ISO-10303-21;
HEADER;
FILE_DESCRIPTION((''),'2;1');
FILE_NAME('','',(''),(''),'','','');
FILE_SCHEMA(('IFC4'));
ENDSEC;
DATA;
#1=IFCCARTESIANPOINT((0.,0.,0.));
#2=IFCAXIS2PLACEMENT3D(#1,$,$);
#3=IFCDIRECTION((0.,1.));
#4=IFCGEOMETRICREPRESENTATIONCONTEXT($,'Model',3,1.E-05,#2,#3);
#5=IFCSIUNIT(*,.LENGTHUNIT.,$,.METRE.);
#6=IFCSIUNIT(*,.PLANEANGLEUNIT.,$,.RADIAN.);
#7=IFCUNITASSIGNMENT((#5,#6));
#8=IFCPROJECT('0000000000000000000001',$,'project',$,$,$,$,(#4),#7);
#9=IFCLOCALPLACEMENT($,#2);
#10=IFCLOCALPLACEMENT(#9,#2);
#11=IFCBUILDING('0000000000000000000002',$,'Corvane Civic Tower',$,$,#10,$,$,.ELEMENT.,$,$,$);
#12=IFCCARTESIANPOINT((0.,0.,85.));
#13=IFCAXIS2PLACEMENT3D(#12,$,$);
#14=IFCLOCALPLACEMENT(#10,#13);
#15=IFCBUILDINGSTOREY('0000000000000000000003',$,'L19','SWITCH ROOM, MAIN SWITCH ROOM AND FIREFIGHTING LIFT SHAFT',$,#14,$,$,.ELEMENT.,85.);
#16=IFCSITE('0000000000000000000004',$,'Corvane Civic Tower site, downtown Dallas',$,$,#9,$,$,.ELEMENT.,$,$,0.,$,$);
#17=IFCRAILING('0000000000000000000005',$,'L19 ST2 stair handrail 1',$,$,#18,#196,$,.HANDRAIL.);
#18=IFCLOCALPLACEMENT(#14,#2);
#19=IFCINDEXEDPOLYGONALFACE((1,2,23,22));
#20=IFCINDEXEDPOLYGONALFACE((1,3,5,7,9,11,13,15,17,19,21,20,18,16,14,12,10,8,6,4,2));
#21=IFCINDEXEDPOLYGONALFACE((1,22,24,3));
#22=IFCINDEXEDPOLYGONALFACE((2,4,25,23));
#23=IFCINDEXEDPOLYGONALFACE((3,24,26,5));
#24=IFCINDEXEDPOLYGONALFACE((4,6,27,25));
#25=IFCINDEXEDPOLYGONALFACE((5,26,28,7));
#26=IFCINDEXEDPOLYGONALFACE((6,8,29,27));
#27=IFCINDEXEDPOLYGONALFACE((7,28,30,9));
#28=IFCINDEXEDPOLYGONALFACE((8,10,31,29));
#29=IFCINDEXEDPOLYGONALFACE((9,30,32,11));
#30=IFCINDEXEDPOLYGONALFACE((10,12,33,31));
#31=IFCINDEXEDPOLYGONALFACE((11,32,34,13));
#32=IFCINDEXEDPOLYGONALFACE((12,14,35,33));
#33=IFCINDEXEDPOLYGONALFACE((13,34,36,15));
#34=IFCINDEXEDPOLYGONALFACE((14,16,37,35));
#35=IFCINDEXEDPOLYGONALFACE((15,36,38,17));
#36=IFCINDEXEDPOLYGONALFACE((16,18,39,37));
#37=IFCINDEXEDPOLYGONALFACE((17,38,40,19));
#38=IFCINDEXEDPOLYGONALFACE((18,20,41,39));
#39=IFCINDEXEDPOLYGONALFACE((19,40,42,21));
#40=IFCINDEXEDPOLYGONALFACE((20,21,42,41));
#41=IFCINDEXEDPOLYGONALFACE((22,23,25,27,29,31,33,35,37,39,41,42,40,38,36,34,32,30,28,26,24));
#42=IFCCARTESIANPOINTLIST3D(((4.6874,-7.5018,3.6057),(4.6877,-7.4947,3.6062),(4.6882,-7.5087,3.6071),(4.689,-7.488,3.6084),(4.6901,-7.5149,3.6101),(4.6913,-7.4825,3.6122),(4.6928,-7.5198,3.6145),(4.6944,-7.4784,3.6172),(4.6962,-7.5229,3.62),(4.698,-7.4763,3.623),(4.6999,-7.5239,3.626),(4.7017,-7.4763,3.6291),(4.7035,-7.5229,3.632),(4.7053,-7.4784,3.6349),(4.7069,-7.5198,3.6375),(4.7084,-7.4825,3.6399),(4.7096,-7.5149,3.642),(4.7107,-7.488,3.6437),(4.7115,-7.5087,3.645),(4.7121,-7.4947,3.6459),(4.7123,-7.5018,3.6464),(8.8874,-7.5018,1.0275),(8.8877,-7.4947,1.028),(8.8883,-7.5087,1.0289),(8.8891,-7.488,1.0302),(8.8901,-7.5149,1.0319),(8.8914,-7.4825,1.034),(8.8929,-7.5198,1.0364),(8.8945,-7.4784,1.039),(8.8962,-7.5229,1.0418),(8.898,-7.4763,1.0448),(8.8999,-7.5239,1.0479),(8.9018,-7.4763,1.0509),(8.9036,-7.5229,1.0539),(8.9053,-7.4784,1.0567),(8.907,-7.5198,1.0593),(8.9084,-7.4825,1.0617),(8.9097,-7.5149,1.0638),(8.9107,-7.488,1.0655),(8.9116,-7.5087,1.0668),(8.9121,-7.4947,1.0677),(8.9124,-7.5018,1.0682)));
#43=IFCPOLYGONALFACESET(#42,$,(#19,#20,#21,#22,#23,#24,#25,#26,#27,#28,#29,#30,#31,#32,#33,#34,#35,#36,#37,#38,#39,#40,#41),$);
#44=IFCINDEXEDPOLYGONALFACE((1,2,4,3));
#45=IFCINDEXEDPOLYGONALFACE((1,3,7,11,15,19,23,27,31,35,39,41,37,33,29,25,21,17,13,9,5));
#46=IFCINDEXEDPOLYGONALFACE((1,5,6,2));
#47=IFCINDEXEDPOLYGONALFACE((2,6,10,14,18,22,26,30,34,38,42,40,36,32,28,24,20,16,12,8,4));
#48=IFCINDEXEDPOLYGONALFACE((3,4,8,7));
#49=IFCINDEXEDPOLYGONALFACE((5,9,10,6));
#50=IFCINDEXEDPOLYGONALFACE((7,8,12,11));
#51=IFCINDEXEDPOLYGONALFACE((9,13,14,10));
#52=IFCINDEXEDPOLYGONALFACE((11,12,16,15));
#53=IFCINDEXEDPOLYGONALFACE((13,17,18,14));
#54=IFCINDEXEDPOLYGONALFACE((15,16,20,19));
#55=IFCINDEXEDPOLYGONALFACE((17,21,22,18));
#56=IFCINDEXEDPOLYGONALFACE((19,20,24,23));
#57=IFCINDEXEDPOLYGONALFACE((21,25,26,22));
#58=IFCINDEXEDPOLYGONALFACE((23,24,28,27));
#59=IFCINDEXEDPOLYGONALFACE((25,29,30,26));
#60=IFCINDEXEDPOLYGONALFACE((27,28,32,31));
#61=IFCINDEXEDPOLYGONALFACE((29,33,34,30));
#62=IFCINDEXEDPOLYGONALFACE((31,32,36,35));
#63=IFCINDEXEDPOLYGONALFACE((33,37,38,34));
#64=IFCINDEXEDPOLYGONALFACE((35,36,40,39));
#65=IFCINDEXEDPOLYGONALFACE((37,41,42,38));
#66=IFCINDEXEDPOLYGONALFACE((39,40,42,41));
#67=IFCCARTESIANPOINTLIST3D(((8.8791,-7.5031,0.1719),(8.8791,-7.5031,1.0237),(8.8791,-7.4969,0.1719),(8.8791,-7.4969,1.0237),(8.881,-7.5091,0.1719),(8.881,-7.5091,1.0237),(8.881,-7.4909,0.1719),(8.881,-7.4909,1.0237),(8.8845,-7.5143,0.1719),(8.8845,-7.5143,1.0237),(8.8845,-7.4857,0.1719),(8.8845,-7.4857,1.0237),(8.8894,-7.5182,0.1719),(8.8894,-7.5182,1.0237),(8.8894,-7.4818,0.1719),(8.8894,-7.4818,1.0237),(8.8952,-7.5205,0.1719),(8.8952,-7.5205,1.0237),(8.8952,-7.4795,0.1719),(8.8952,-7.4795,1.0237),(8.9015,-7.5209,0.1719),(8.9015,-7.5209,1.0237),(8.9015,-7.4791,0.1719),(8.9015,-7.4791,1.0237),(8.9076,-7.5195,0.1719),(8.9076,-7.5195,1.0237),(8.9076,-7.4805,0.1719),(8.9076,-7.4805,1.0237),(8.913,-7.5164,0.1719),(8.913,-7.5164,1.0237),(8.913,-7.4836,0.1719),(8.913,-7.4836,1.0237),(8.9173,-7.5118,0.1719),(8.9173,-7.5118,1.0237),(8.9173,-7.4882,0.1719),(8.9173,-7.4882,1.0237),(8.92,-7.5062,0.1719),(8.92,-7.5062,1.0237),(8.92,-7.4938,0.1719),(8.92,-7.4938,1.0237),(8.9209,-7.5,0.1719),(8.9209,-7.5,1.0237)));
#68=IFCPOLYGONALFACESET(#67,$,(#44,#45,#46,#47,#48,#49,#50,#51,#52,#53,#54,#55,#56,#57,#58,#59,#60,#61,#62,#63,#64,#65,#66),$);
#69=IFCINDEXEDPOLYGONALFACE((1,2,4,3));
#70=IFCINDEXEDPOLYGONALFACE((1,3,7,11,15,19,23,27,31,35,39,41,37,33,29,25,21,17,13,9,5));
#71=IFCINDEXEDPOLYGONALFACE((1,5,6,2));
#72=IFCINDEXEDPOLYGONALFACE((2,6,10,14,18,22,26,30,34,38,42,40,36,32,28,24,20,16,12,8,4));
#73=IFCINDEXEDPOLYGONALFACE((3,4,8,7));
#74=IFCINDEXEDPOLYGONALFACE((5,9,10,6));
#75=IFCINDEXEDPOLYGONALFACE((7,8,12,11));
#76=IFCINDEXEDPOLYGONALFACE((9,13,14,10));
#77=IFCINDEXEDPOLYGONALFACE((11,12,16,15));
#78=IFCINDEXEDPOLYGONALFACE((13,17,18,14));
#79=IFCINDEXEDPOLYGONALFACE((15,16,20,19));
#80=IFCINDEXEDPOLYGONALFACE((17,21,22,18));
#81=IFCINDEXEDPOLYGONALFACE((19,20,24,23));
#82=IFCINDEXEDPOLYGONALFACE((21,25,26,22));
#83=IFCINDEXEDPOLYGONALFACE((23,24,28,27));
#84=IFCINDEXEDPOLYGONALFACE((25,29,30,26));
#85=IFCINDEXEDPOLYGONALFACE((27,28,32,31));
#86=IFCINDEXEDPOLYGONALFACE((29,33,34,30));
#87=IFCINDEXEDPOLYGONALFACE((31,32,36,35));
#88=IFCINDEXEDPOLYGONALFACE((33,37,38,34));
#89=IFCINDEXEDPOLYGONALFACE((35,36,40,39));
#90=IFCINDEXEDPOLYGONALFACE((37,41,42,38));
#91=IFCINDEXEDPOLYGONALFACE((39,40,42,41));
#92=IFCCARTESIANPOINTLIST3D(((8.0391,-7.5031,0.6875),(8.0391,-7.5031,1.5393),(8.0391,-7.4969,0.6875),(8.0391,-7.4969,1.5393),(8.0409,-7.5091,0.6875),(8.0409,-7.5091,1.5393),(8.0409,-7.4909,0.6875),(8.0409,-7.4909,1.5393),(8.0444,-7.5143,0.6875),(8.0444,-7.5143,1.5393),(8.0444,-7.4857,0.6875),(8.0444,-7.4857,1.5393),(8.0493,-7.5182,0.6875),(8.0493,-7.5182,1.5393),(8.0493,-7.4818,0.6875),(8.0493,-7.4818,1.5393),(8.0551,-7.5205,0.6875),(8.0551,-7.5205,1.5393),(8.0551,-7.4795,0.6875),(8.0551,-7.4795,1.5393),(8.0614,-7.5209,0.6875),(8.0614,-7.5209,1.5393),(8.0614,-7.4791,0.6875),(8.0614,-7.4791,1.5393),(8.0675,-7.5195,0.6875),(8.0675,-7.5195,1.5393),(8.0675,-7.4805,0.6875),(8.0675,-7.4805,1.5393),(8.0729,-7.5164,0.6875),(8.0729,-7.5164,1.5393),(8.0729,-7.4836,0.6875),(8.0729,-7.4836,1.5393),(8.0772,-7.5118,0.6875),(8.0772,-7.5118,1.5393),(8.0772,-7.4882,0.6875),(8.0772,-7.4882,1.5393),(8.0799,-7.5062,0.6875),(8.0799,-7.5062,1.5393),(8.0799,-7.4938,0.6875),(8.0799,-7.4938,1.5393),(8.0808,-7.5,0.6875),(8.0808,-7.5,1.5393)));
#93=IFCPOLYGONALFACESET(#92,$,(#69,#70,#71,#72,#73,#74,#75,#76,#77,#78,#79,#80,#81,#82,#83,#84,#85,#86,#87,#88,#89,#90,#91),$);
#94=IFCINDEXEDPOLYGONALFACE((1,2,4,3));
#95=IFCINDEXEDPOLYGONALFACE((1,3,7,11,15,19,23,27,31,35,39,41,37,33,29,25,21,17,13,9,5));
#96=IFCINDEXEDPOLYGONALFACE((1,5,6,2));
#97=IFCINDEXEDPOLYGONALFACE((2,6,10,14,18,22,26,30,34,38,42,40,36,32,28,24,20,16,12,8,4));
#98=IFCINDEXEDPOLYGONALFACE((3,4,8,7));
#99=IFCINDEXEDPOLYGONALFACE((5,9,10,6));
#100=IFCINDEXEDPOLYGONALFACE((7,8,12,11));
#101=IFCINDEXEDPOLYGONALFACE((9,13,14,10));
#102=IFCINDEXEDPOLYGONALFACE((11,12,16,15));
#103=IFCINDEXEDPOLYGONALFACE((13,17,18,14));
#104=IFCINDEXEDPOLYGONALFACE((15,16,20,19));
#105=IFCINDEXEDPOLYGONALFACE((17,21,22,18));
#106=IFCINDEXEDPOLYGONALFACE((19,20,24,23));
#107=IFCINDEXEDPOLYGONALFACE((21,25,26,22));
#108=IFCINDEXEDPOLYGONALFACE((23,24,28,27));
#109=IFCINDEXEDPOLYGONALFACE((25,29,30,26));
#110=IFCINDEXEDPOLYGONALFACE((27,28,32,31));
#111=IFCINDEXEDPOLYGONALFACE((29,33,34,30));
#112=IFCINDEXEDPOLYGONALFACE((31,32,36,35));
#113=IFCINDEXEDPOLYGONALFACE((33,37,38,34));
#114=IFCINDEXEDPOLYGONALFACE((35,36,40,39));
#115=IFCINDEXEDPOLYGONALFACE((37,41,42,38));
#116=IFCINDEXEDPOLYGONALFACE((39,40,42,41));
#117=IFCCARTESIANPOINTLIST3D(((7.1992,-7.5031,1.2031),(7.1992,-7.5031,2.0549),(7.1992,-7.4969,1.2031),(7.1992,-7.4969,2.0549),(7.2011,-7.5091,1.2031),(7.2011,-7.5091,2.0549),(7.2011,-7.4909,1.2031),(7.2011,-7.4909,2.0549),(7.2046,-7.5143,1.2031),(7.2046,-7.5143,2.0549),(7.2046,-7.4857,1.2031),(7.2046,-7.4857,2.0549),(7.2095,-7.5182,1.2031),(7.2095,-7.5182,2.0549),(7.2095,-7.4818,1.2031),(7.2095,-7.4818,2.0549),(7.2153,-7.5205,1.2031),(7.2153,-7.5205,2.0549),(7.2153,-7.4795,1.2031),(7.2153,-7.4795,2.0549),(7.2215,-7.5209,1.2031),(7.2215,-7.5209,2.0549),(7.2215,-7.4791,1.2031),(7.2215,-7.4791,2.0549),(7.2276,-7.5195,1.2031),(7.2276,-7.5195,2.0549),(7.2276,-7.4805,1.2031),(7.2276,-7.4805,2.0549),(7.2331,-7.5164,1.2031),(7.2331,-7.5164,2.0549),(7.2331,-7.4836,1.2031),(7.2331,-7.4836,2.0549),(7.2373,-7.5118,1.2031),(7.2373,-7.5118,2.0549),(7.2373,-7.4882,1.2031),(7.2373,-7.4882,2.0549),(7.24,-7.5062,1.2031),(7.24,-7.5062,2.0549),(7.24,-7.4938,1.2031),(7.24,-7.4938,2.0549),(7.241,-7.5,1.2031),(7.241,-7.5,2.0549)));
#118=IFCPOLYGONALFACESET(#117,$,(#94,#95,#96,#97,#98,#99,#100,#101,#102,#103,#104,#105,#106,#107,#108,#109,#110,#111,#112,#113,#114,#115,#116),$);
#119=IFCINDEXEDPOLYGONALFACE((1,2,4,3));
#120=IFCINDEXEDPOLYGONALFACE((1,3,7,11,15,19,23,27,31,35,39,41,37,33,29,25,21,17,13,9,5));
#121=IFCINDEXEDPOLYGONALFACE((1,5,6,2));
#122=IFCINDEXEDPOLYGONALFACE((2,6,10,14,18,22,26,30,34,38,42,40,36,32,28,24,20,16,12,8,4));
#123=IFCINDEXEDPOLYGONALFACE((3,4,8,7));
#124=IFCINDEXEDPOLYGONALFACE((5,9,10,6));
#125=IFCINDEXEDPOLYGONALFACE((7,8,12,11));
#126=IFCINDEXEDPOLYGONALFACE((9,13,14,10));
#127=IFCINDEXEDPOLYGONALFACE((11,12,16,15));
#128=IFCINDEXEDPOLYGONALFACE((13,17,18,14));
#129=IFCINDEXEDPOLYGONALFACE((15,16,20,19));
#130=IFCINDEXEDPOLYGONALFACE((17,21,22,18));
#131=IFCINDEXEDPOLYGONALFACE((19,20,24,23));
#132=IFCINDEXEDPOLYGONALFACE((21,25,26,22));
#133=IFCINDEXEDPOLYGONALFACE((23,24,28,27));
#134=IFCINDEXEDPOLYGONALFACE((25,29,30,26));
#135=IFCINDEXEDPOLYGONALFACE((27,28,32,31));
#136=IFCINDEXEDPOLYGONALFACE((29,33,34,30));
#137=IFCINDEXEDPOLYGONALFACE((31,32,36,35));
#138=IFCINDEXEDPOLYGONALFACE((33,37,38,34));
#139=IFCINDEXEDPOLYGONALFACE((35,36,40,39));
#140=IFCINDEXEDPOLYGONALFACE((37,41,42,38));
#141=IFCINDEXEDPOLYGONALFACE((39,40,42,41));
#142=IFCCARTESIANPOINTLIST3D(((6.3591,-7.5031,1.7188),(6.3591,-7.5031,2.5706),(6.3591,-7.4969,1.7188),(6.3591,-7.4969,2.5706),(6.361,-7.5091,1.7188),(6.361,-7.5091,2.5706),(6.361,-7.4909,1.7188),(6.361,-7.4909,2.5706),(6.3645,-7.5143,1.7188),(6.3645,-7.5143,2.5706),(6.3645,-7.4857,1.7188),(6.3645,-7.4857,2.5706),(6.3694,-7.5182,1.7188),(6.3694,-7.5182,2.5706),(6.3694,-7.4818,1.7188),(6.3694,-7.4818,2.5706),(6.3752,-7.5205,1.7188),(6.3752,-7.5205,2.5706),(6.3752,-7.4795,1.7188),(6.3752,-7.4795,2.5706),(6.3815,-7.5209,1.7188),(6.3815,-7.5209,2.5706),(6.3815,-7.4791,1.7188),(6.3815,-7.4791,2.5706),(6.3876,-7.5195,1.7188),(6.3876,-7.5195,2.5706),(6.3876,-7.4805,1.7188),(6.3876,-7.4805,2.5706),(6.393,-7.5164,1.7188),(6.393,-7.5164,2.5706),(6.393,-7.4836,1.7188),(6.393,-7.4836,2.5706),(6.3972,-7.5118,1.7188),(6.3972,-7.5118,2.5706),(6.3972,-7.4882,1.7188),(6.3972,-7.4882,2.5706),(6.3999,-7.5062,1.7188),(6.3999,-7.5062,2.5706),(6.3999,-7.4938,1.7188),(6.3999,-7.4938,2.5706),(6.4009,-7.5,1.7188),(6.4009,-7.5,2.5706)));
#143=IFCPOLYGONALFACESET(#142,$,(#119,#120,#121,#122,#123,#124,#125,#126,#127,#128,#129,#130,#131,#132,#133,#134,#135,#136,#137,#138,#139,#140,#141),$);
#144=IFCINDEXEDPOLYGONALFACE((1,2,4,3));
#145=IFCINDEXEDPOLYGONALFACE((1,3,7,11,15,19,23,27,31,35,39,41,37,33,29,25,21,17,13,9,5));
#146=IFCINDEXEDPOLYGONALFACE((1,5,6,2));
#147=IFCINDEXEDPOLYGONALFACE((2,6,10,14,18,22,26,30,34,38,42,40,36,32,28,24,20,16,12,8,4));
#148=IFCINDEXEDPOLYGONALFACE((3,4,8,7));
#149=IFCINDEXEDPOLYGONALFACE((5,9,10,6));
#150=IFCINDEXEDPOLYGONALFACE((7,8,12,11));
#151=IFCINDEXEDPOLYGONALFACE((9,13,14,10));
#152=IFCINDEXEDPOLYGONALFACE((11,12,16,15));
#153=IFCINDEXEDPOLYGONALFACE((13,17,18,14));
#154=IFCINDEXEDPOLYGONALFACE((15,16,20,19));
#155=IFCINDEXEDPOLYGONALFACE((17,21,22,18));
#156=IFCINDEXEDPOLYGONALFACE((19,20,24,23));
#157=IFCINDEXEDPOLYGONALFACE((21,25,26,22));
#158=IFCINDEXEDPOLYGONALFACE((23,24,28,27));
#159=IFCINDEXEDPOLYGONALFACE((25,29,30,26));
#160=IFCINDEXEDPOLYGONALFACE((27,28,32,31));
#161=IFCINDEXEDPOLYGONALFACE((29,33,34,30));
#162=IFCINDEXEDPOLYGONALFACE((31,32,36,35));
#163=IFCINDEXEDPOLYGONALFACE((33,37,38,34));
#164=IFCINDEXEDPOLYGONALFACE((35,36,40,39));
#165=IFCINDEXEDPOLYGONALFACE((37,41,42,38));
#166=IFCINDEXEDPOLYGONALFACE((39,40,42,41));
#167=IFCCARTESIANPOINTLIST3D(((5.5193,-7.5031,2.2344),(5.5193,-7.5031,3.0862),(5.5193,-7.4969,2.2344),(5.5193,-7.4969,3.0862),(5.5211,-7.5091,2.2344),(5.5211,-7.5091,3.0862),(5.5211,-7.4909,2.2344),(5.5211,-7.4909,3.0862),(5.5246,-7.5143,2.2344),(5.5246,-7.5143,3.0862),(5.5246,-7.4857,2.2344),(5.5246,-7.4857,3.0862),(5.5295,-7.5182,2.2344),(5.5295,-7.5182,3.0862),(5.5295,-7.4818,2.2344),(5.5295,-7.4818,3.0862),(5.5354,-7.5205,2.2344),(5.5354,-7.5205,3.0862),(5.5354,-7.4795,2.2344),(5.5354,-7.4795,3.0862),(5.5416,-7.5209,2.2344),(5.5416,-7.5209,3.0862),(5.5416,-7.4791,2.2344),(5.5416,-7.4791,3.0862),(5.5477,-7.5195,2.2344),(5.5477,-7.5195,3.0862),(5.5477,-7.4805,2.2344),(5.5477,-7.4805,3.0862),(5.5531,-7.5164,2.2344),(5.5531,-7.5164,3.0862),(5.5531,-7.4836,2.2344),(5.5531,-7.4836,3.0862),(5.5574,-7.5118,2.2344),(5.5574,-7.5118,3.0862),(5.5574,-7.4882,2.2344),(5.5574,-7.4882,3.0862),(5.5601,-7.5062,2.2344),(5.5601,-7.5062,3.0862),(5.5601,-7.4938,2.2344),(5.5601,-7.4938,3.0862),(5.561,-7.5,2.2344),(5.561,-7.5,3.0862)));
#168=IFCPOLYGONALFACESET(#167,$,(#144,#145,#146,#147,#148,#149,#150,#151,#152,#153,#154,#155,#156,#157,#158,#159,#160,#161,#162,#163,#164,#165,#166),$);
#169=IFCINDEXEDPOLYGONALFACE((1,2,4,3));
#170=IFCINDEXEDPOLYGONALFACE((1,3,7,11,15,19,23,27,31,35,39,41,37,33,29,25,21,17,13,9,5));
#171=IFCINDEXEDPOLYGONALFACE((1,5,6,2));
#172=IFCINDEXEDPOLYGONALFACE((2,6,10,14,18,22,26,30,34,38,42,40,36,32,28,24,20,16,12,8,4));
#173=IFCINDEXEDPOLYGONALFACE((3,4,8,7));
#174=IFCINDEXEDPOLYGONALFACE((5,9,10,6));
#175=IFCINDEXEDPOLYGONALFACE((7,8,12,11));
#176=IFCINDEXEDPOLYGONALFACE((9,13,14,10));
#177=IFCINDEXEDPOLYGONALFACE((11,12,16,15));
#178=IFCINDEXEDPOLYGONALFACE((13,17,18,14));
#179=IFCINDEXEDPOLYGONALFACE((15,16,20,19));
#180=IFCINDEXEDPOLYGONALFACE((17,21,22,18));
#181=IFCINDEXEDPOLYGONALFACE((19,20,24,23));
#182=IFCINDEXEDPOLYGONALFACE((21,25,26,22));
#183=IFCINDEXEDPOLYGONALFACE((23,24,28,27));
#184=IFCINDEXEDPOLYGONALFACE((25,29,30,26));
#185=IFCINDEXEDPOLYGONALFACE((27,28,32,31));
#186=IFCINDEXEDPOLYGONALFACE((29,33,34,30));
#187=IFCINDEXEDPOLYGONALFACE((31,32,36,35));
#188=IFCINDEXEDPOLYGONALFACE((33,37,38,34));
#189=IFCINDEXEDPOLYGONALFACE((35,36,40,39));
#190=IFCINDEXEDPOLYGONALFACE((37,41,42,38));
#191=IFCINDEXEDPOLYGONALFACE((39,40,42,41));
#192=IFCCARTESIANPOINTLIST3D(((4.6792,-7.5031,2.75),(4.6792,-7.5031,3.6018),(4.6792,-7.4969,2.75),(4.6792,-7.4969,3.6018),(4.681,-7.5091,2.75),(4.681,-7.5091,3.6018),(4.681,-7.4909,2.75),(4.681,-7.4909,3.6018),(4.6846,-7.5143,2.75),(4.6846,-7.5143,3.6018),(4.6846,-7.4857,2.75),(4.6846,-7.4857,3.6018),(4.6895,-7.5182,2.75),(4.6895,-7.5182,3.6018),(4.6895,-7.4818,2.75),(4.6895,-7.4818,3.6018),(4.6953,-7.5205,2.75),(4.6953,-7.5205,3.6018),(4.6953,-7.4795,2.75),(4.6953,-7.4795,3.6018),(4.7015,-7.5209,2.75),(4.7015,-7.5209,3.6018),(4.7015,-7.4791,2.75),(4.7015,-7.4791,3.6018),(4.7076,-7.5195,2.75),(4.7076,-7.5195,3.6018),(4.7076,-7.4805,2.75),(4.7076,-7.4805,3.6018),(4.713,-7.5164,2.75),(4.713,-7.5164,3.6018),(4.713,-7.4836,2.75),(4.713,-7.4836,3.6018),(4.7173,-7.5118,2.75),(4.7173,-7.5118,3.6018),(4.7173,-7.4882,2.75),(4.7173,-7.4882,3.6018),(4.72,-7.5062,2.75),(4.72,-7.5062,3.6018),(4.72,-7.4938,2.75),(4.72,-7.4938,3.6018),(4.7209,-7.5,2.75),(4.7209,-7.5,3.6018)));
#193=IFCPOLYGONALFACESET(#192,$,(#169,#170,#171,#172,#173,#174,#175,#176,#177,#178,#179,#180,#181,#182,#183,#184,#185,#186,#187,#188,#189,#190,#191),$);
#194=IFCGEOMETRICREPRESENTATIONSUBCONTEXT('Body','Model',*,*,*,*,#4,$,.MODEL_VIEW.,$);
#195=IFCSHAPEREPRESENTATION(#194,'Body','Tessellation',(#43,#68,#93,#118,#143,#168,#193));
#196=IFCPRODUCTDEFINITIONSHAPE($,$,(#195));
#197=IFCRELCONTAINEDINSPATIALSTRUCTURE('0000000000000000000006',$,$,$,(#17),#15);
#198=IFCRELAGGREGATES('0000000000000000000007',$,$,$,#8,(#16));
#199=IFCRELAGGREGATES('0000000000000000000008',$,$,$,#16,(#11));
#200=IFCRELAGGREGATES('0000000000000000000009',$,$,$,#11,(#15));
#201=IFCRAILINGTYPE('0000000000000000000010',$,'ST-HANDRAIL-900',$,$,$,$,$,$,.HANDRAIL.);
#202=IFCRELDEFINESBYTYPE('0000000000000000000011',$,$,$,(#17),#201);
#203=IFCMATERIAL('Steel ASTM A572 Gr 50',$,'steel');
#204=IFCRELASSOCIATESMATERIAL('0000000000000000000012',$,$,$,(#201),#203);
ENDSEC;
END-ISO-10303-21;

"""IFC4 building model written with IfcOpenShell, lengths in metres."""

from ifc_helpers import new_model, si_unit, direction, frame, origin, origin_2d, place, context, subcontext, project, spatial, circle, extrude, material, type_object, element, save


model = new_model("IFC4")

# Units and contexts
model_context = context("Model", 3, precision=1e-05, world=origin(), true_north=direction((0.0, 1.0)))
body_context = subcontext(model_context, "Body", "Model", "MODEL_VIEW")
ifc_project = project(units=[si_unit("LENGTHUNIT", "METRE"), si_unit("PLANEANGLEUNIT", "RADIAN")], contexts=[model_context])

# Site, building, storey
site_placement = place(None, origin())
site = spatial("IfcSite", under=ifc_project, at=site_placement, Name="Corvane Civic Tower site, downtown Dallas", CompositionType="ELEMENT", RefElevation=0.0)
building_placement = place(site_placement, origin())
building = spatial("IfcBuilding", under=site, at=building_placement, Name="Corvane Civic Tower", CompositionType="ELEMENT")
storey_placement = place(building_placement, frame((0.0, 0.0, 85.0)))
storey = spatial("IfcBuildingStorey", under=building, at=storey_placement, Name="L19", Description="SWITCH ROOM, MAIN SWITCH ROOM AND FIREFIGHTING LIFT SHAFT", CompositionType="ELEMENT", Elevation=85.0)

# Railing
ifc_material_1 = material(Name="Steel ASTM A572 Gr 50", Category="steel")
railing_type_1 = type_object("IfcRailingType", Name="ST-HANDRAIL-900", PredefinedType="HANDRAIL", material=ifc_material_1)
railing_1_placement = place(storey_placement, frame((8.8999, -7.5, 0.1719)))
element("IfcRailing", 1, at=railing_1_placement, inside=storey, type_object=railing_type_1, Name="L19 ST2 stair handrail 1", PredefinedType="HANDRAIL", context=body_context, shape_type="SweptSolid", body=[
    extrude(circle(Radius=0.0239, at=origin_2d()), frame((0.0, 0.0, 0.876), z_axis=(-0.852243, 0.0, 0.523146), x_axis=(0.0, -1.0, 0.0)), (0.0, 0.0, 1.0), 4.9282),
    extrude(circle(Radius=0.021, at=origin_2d()), origin(), (0.0, 0.0, 1.0), 0.8518),
    extrude(circle(Radius=0.021, at=origin_2d()), frame((-0.8401, 0.0, 0.5156)), (0.0, 0.0, 1.0), 0.8518),
    extrude(circle(Radius=0.021, at=origin_2d()), frame((-1.6799, 0.0, 1.0312)), (0.0, 0.0, 1.0), 0.8518),
    extrude(circle(Radius=0.021, at=origin_2d()), frame((-2.52, 0.0, 1.5469)), (0.0, 0.0, 1.0), 0.8518),
    extrude(circle(Radius=0.021, at=origin_2d()), frame((-3.3599, 0.0, 2.0625)), (0.0, 0.0, 1.0), 0.8518),
    extrude(circle(Radius=0.021, at=origin_2d()), frame((-4.2, 0.0, 2.5781)), (0.0, 0.0, 1.0), 0.8518),
])

save(model, "model.ifc")
